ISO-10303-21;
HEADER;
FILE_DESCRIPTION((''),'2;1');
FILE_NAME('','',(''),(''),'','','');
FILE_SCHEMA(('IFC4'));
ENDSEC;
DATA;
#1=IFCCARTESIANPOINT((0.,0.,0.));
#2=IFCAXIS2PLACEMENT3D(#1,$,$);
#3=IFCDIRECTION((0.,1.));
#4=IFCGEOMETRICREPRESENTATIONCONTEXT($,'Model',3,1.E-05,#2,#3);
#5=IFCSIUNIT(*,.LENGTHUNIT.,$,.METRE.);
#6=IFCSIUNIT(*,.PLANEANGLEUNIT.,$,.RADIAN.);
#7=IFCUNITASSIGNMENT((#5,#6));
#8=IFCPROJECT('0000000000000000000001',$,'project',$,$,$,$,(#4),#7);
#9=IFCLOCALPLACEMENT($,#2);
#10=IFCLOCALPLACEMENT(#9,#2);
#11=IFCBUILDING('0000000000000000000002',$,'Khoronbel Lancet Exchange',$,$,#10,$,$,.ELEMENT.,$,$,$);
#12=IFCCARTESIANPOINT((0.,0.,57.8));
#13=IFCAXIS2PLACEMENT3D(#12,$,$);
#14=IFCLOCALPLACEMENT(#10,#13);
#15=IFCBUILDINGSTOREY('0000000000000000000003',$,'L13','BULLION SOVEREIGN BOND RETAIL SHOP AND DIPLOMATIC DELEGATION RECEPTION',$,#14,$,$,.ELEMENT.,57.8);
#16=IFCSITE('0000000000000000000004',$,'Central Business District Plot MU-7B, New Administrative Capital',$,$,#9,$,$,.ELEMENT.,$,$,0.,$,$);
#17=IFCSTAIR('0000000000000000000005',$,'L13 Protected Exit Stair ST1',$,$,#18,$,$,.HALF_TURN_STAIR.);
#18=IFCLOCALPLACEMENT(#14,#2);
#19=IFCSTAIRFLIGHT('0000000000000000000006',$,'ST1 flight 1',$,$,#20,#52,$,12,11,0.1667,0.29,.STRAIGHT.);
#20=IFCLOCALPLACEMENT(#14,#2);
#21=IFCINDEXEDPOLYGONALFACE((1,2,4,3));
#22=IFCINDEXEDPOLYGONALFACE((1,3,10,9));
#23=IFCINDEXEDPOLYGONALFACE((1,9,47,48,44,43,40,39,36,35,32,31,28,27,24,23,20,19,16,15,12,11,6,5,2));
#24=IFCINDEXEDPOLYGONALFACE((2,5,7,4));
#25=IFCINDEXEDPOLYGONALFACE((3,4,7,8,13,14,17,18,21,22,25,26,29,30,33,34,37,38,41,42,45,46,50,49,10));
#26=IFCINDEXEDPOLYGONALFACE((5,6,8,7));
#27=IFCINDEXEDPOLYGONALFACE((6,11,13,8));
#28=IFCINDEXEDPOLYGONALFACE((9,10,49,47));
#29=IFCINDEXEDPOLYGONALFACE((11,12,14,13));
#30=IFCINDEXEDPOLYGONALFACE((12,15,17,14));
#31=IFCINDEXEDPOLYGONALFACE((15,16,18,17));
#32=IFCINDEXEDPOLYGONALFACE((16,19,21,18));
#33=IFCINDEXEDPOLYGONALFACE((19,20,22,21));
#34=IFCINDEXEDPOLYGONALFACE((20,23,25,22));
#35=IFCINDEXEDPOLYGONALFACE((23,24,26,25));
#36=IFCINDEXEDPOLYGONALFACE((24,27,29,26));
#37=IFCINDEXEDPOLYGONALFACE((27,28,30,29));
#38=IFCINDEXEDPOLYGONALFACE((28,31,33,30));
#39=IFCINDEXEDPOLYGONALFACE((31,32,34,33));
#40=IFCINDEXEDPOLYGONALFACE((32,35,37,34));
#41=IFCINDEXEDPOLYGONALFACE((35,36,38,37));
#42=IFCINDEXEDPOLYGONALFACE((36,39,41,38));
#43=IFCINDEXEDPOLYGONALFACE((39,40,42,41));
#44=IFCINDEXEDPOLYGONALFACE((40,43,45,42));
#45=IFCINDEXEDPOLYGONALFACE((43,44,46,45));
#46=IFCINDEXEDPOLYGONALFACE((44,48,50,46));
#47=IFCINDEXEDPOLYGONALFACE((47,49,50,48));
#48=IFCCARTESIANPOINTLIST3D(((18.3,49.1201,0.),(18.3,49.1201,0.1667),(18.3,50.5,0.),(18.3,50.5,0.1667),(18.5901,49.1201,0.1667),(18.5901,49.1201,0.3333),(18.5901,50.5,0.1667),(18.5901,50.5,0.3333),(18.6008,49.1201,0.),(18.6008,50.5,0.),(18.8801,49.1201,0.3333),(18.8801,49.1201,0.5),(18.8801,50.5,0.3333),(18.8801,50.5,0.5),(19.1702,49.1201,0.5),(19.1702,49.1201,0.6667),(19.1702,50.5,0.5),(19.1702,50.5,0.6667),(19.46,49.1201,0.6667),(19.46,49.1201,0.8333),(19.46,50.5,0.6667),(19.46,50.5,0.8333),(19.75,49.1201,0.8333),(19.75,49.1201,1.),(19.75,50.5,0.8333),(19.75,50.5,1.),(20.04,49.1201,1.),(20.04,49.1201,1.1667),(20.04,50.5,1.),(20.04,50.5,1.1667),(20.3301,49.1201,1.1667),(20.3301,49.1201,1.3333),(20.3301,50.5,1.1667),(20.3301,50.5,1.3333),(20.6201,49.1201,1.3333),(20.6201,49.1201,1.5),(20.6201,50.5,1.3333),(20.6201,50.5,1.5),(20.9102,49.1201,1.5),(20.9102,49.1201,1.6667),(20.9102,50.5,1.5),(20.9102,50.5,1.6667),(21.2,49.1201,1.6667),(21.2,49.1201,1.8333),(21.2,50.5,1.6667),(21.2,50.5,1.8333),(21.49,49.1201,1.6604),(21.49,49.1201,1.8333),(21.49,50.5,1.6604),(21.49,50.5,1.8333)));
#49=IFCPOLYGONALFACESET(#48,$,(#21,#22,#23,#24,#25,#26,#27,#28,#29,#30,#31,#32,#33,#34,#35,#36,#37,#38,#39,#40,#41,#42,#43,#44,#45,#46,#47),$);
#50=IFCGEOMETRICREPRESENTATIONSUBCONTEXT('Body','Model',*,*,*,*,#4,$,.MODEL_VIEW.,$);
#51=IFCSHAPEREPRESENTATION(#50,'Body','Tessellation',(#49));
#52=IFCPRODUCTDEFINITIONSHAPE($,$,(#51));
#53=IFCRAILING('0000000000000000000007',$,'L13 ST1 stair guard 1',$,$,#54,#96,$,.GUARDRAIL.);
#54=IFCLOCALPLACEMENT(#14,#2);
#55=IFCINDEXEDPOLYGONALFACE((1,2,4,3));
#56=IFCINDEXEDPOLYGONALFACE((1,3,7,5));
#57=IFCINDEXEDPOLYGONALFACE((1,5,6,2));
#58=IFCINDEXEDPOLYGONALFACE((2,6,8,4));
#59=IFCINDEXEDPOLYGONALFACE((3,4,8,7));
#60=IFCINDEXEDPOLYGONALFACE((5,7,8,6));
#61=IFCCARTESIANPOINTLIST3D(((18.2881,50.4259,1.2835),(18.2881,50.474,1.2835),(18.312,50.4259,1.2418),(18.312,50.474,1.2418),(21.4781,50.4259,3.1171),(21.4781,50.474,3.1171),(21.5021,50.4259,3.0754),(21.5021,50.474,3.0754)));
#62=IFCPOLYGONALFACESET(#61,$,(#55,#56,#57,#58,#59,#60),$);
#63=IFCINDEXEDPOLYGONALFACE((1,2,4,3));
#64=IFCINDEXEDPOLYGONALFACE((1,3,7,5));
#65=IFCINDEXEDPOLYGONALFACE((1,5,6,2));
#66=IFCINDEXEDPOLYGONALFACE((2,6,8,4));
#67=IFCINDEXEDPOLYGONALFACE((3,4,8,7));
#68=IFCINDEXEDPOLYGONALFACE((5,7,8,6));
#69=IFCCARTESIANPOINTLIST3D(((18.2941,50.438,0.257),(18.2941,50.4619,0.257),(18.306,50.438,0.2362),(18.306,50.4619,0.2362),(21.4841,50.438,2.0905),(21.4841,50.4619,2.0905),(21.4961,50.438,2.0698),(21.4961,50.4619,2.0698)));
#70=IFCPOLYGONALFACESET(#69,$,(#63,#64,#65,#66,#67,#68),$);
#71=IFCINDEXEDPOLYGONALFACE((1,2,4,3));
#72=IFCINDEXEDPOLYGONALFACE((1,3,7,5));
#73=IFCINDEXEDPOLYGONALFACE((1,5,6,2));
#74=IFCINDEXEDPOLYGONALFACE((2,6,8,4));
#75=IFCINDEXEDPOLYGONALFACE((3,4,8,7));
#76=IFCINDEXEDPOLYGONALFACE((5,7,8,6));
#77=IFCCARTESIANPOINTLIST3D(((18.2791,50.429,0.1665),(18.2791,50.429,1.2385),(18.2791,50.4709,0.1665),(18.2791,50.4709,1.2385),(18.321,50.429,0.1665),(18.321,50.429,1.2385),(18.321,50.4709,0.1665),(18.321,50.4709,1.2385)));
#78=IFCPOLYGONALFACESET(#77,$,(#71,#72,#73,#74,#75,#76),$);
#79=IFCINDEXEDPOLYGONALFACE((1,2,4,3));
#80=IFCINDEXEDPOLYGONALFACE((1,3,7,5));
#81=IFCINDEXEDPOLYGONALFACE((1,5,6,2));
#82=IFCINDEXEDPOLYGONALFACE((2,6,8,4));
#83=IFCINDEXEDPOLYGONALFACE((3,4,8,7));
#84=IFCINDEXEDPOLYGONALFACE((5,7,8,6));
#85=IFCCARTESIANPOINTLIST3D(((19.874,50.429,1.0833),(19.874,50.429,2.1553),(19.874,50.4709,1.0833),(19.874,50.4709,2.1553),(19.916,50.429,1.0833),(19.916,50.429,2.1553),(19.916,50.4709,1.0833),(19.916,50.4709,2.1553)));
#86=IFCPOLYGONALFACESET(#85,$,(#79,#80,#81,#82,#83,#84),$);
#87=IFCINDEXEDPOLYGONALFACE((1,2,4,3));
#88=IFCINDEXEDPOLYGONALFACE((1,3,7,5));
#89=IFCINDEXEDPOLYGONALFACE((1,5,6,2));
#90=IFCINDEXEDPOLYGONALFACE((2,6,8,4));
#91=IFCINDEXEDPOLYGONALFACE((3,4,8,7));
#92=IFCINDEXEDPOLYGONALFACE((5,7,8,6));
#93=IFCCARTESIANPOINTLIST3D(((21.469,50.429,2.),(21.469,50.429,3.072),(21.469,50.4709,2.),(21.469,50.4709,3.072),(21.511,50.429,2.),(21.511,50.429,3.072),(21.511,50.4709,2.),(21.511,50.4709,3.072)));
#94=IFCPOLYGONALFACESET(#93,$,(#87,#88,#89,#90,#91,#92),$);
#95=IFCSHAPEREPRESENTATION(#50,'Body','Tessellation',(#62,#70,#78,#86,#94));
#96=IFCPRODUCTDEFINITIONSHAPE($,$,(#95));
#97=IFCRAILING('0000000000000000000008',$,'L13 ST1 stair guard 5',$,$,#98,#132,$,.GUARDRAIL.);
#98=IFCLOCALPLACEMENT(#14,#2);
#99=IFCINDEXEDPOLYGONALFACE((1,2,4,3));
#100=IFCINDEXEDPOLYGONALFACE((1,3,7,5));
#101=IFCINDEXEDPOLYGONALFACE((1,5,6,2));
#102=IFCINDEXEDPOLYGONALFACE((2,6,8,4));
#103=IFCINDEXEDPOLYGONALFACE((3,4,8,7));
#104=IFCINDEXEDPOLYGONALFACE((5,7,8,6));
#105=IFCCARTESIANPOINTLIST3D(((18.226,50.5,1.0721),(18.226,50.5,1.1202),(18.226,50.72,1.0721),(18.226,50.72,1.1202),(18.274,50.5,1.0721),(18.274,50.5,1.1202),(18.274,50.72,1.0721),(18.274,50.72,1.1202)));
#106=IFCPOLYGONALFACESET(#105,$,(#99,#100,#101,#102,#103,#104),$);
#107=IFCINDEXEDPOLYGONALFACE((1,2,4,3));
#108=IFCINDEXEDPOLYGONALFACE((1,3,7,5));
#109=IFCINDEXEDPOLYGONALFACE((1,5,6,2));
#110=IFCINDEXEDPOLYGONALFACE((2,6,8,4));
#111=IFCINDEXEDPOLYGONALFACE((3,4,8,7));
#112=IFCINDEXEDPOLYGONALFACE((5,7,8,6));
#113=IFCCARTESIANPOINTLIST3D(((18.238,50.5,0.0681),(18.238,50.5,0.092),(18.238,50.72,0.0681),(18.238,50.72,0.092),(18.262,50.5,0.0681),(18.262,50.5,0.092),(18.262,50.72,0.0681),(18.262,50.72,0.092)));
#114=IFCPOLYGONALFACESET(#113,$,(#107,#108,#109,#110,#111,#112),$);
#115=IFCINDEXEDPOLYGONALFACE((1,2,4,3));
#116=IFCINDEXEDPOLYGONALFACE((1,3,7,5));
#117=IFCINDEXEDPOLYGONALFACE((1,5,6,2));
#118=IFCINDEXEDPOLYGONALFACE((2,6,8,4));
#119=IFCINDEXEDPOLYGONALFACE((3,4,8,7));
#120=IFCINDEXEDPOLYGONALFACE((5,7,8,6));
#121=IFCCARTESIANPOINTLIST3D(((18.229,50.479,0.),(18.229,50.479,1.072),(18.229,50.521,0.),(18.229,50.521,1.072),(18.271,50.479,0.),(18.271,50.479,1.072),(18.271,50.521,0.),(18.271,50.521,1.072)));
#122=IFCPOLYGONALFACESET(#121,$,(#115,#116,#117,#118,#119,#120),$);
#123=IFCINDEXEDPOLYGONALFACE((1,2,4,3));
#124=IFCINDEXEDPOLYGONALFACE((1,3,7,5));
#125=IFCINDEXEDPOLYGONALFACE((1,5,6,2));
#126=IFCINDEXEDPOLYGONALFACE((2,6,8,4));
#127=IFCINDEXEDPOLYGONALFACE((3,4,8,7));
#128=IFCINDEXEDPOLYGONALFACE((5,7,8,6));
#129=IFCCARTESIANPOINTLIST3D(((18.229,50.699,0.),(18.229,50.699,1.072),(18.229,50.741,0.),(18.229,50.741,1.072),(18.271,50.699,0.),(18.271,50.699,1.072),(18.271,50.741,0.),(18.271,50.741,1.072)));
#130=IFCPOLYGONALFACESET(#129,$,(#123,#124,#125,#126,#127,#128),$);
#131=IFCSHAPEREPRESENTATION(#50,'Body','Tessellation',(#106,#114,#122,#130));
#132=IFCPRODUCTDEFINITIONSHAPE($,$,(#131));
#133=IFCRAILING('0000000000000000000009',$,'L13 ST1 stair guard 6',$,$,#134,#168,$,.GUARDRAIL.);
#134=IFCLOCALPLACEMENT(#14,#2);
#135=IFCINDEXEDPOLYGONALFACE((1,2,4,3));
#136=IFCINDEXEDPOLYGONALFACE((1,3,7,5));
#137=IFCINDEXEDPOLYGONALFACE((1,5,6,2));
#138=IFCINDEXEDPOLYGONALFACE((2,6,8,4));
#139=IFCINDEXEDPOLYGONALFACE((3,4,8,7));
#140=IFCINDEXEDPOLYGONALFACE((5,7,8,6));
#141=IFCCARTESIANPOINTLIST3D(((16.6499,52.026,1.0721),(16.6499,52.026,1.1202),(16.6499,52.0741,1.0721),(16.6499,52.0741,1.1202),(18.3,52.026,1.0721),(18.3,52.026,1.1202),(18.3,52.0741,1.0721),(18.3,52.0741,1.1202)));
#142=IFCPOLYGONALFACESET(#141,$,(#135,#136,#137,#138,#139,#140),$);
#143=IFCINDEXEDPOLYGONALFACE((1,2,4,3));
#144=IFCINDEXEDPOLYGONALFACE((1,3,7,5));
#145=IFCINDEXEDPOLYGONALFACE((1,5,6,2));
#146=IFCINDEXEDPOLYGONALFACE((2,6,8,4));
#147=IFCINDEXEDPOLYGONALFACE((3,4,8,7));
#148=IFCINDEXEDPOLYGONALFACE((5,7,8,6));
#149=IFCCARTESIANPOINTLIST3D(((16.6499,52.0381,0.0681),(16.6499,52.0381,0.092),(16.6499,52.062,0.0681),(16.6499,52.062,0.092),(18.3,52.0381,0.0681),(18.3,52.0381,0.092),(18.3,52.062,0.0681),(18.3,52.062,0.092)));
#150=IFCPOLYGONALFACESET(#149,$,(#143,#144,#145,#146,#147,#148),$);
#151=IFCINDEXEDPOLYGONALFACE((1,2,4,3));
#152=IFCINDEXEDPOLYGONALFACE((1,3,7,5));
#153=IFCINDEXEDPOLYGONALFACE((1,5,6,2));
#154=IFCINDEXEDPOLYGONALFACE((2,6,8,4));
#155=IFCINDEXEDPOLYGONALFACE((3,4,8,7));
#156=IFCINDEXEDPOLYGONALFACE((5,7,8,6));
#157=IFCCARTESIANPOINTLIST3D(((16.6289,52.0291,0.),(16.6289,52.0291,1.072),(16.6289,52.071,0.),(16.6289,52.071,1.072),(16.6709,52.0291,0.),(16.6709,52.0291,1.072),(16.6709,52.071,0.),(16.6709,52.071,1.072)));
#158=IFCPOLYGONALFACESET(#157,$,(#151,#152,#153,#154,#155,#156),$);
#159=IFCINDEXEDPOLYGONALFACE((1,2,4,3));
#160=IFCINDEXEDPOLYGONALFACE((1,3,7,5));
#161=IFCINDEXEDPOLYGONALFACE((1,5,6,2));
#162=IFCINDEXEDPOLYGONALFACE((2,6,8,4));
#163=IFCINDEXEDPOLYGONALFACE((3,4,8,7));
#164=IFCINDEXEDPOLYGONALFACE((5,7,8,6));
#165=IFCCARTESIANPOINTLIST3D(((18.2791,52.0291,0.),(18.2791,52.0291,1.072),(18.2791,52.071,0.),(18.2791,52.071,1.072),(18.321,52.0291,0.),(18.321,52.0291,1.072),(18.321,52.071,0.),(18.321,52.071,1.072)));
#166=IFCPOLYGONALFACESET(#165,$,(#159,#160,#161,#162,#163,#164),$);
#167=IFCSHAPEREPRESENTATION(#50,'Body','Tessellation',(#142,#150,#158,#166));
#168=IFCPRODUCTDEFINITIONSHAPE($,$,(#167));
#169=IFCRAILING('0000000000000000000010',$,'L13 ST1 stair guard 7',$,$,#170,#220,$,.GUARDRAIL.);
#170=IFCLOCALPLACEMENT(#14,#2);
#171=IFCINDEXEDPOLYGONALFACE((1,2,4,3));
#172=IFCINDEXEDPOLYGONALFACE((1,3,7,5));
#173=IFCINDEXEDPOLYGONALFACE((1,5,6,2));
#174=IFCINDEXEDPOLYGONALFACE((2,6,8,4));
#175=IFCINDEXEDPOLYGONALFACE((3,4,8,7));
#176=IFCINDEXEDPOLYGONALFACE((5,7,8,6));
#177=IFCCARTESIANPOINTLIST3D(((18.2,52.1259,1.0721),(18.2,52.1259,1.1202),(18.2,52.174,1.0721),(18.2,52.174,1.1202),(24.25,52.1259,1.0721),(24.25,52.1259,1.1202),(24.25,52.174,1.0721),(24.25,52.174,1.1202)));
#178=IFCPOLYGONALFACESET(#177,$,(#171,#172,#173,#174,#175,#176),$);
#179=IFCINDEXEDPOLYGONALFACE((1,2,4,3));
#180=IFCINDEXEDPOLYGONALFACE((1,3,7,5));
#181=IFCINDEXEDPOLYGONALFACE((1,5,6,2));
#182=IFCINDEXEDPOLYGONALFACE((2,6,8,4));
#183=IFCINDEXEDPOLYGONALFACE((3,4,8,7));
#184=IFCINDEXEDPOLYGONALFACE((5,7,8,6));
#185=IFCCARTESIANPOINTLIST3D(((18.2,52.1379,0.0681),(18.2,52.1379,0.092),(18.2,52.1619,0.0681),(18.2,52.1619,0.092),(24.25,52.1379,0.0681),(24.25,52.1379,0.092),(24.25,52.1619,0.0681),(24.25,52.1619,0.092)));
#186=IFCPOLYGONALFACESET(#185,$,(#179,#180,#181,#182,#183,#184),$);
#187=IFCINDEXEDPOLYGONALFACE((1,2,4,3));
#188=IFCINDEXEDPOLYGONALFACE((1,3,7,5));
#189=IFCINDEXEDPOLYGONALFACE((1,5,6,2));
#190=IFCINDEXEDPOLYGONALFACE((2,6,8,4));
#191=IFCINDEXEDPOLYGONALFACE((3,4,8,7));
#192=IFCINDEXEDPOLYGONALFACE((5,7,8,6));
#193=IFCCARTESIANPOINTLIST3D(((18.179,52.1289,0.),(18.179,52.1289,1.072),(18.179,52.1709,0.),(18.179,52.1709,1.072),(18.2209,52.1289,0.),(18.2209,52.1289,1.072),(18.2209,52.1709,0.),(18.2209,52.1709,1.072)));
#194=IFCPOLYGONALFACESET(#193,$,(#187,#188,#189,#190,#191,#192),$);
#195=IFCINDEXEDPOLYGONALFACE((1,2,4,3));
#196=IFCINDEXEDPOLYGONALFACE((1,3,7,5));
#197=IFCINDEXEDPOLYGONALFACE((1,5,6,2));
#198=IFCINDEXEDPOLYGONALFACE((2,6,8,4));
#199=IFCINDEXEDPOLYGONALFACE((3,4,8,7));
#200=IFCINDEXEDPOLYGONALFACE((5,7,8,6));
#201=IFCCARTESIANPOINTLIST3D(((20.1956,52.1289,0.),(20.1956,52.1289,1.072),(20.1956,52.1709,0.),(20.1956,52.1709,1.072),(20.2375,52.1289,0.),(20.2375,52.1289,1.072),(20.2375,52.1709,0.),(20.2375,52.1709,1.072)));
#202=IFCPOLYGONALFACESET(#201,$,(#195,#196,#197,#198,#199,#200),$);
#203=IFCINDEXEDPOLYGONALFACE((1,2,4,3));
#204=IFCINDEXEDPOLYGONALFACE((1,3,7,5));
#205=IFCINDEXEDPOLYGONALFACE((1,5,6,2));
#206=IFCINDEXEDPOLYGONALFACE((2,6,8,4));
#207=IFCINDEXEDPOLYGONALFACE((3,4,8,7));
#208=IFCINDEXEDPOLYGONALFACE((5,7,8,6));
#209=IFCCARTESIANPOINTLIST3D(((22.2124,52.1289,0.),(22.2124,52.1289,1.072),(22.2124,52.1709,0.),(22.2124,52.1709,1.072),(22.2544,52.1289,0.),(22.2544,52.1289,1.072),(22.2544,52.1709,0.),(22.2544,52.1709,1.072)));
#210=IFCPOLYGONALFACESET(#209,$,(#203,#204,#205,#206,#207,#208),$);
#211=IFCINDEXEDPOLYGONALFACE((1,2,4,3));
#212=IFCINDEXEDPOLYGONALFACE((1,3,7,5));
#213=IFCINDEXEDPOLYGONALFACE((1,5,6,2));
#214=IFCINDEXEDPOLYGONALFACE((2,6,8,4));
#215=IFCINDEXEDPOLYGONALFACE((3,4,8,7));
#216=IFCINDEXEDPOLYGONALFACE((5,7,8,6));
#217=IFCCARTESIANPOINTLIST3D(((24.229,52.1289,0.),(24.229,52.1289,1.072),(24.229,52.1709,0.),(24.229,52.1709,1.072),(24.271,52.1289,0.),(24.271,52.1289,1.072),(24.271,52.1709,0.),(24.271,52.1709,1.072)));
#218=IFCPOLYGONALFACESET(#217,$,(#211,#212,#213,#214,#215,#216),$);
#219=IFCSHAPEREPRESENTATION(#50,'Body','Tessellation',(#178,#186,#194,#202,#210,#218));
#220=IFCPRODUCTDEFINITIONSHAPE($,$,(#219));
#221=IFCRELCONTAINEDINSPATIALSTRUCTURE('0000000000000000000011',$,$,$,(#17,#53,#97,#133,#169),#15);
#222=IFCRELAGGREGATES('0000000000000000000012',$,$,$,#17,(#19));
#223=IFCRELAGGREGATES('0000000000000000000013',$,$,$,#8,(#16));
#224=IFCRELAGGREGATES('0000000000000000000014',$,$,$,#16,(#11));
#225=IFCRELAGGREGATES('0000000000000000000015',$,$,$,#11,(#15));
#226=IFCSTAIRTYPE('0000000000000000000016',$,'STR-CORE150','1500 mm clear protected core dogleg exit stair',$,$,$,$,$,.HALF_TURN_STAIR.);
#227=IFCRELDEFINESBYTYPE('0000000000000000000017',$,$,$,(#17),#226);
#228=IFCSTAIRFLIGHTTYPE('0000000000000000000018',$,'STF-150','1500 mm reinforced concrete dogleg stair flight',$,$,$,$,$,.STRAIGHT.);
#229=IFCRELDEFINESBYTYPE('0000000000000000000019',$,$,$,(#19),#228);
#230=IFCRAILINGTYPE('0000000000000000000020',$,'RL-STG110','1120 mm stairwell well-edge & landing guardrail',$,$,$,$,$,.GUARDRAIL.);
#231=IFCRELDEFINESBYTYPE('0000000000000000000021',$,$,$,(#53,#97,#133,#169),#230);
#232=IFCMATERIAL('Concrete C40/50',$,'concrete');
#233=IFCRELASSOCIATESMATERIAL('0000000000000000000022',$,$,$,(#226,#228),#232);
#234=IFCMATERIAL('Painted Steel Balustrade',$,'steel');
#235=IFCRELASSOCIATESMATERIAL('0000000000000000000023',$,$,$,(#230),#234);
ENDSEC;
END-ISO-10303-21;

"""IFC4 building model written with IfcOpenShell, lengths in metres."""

from ifc_helpers import new_model, si_unit, direction, frame, origin, origin_2d, place, context, subcontext, project, spatial, polyline, rectangle, outline, extrude, material, type_object, element, aggregate, save


model = new_model("IFC4")

# Units and contexts
model_context = context("Model", 3, precision=1e-05, world=origin(), true_north=direction((0.0, 1.0)))
body_context = subcontext(model_context, "Body", "Model", "MODEL_VIEW")
ifc_project = project(units=[si_unit("LENGTHUNIT", "METRE"), si_unit("PLANEANGLEUNIT", "RADIAN")], contexts=[model_context])

# Site, building, storey
site_placement = place(None, origin())
site = spatial("IfcSite", under=ifc_project, at=site_placement, Name="Central Business District Plot MU-7B, New Administrative Capital", CompositionType="ELEMENT", RefElevation=0.0)
building_placement = place(site_placement, origin())
building = spatial("IfcBuilding", under=site, at=building_placement, Name="Khoronbel Lancet Exchange", CompositionType="ELEMENT")
storey_placement = place(building_placement, frame((0.0, 0.0, 57.8)))
storey = spatial("IfcBuildingStorey", under=building, at=storey_placement, Name="L13", Description="BULLION SOVEREIGN BOND RETAIL SHOP AND DIPLOMATIC DELEGATION RECEPTION", CompositionType="ELEMENT", Elevation=57.8)

# Stair, stair flight
ifc_material_1 = material(Name="Concrete C40/50", Category="concrete")
stair_type = type_object("IfcStairType", Name="STR-CORE150", Description="1500 mm clear protected core dogleg exit stair", PredefinedType="HALF_TURN_STAIR", material=ifc_material_1)
stair_placement = place(storey_placement, origin())
stair = element("IfcStair", 1, at=stair_placement, inside=storey, type_object=stair_type, Name="L13 Protected Exit Stair ST1", PredefinedType="HALF_TURN_STAIR")
stair_flight_type = type_object("IfcStairFlightType", Name="STF-150", Description="1500 mm reinforced concrete dogleg stair flight", PredefinedType="STRAIGHT", material=ifc_material_1)
stair_flight_placement = place(storey_placement, frame((18.3, 49.8101, 0.0), z_axis=(0.0, 0.0, 1.0), x_axis=(1.0, 0.0, 0.0)))
stair_flight = element("IfcStairFlight", 2, at=stair_flight_placement, type_object=stair_flight_type, Name="ST1 flight 1", NumberOfRisers=12, NumberOfTreads=11, PredefinedType="STRAIGHT", RiserHeight=0.1667, TreadLength=0.29, context=body_context, shape_type="SweptSolid", body=[
    extrude(outline(polyline([(0.0, 0.0), (0.0, 0.1667), (0.29, 0.1667), (0.29, 0.3333), (0.5801, 0.3333), (0.5801, 0.5), (0.8701, 0.5), (0.8701, 0.6667), (1.1599, 0.6667), (1.1599, 0.8333), (1.45, 0.8333), (1.45, 1.0), (1.74, 1.0), (1.74, 1.1667), (2.03, 1.1667), (2.03, 1.3333), (2.3201, 1.3333), (2.3201, 1.5), (2.6101, 1.5), (2.6101, 1.6667), (2.8999, 1.6667), (2.8999, 1.8333), (3.1899, 1.8333), (3.1899, 2.0), (3.1899, 1.6604), (0.3008, 0.0), (0.0, 0.0)])), frame((0.0, 0.6899, 0.0), z_axis=(0.0, -1.0, 0.0), x_axis=(1.0, 0.0, 0.0)), (0.0, 0.0, 1.0), 1.3799),
])
aggregate(stair, [stair_flight])

# Railings
ifc_material_2 = material(Name="Painted Steel Balustrade", Category="steel")
railing_type_1 = type_object("IfcRailingType", Name="RL-STG110", Description="1120 mm stairwell well-edge & landing guardrail", PredefinedType="GUARDRAIL", material=ifc_material_2)
railing_1_placement = place(storey_placement, frame((18.3, 50.45, 0.1665)))
element("IfcRailing", 3, at=railing_1_placement, inside=storey, type_object=railing_type_1, Name="L13 ST1 stair guard 1", PredefinedType="GUARDRAIL", context=body_context, shape_type="SweptSolid", body=[
    extrude(rectangle(XDim=0.0481, YDim=0.0481, at=origin_2d()), frame((0.0, 0.0, 1.0962), z_axis=(0.866991, 0.0, 0.498324), x_axis=(0.0, 1.0, 0.0)), (0.0, 0.0, 1.0), 3.6794),
    extrude(rectangle(XDim=0.0239, YDim=0.0239, at=origin_2d()), frame((0.0, 0.0, 0.0801), z_axis=(0.866991, 0.0, 0.498324), x_axis=(0.0, 1.0, 0.0)), (0.0, 0.0, 1.0), 3.6794),
    extrude(rectangle(XDim=0.042, YDim=0.042, at=origin_2d()), origin(), (0.0, 0.0, 1.0), 1.072),
    extrude(rectangle(XDim=0.042, YDim=0.042, at=origin_2d()), frame((1.595, 0.0, 0.9167)), (0.0, 0.0, 1.0), 1.072),
    extrude(rectangle(XDim=0.042, YDim=0.042, at=origin_2d()), frame((3.1899, 0.0, 1.8335)), (0.0, 0.0, 1.0), 1.072),
])
railing_2_placement = place(storey_placement, frame((18.25, 50.5, 0.0)))
element("IfcRailing", 4, at=railing_2_placement, inside=storey, type_object=railing_type_1, Name="L13 ST1 stair guard 5", PredefinedType="GUARDRAIL", context=body_context, shape_type="SweptSolid", body=[
    extrude(rectangle(XDim=0.0481, YDim=0.0481, at=origin_2d()), frame((0.0, 0.0, 1.0962), z_axis=(0.0, 1.0, 0.0), x_axis=(-1.0, 0.0, 0.0)), (0.0, 0.0, 1.0), 0.22),
    extrude(rectangle(XDim=0.0239, YDim=0.0239, at=origin_2d()), frame((0.0, 0.0, 0.0801), z_axis=(0.0, 1.0, 0.0), x_axis=(-1.0, 0.0, 0.0)), (0.0, 0.0, 1.0), 0.22),
    extrude(rectangle(XDim=0.042, YDim=0.042, at=origin_2d()), origin(), (0.0, 0.0, 1.0), 1.072),
    extrude(rectangle(XDim=0.042, YDim=0.042, at=origin_2d()), frame((0.0, 0.22, 0.0)), (0.0, 0.0, 1.0), 1.072),
])
railing_3_placement = place(storey_placement, frame((16.6499, 52.05, 0.0)))
element("IfcRailing", 5, at=railing_3_placement, inside=storey, type_object=railing_type_1, Name="L13 ST1 stair guard 6", PredefinedType="GUARDRAIL", context=body_context, shape_type="SweptSolid", body=[
    extrude(rectangle(XDim=0.0481, YDim=0.0481, at=origin_2d()), frame((0.0, 0.0, 1.0962), z_axis=(1.0, 0.0, 0.0), x_axis=(0.0, 1.0, 0.0)), (0.0, 0.0, 1.0), 1.6501),
    extrude(rectangle(XDim=0.0239, YDim=0.0239, at=origin_2d()), frame((0.0, 0.0, 0.0801), z_axis=(1.0, 0.0, 0.0), x_axis=(0.0, 1.0, 0.0)), (0.0, 0.0, 1.0), 1.6501),
    extrude(rectangle(XDim=0.042, YDim=0.042, at=origin_2d()), origin(), (0.0, 0.0, 1.0), 1.072),
    extrude(rectangle(XDim=0.042, YDim=0.042, at=origin_2d()), frame((1.6501, 0.0, 0.0)), (0.0, 0.0, 1.0), 1.072),
])
railing_4_placement = place(storey_placement, frame((18.2, 52.1499, 0.0)))
element("IfcRailing", 6, at=railing_4_placement, inside=storey, type_object=railing_type_1, Name="L13 ST1 stair guard 7", PredefinedType="GUARDRAIL", context=body_context, shape_type="SweptSolid", body=[
    extrude(rectangle(XDim=0.0481, YDim=0.0481, at=origin_2d()), frame((0.0, 0.0, 1.0962), z_axis=(1.0, 0.0, 0.0), x_axis=(0.0, 1.0, 0.0)), (0.0, 0.0, 1.0), 6.05),
    extrude(rectangle(XDim=0.0239, YDim=0.0239, at=origin_2d()), frame((0.0, 0.0, 0.0801), z_axis=(1.0, 0.0, 0.0), x_axis=(0.0, 1.0, 0.0)), (0.0, 0.0, 1.0), 6.05),
    extrude(rectangle(XDim=0.042, YDim=0.042, at=origin_2d()), origin(), (0.0, 0.0, 1.0), 1.072),
    extrude(rectangle(XDim=0.042, YDim=0.042, at=origin_2d()), frame((2.0166, 0.0, 0.0)), (0.0, 0.0, 1.0), 1.072),
    extrude(rectangle(XDim=0.042, YDim=0.042, at=origin_2d()), frame((4.0334, 0.0, 0.0)), (0.0, 0.0, 1.0), 1.072),
    extrude(rectangle(XDim=0.042, YDim=0.042, at=origin_2d()), frame((6.05, 0.0, 0.0)), (0.0, 0.0, 1.0), 1.072),
])

save(model, "model.ifc")
